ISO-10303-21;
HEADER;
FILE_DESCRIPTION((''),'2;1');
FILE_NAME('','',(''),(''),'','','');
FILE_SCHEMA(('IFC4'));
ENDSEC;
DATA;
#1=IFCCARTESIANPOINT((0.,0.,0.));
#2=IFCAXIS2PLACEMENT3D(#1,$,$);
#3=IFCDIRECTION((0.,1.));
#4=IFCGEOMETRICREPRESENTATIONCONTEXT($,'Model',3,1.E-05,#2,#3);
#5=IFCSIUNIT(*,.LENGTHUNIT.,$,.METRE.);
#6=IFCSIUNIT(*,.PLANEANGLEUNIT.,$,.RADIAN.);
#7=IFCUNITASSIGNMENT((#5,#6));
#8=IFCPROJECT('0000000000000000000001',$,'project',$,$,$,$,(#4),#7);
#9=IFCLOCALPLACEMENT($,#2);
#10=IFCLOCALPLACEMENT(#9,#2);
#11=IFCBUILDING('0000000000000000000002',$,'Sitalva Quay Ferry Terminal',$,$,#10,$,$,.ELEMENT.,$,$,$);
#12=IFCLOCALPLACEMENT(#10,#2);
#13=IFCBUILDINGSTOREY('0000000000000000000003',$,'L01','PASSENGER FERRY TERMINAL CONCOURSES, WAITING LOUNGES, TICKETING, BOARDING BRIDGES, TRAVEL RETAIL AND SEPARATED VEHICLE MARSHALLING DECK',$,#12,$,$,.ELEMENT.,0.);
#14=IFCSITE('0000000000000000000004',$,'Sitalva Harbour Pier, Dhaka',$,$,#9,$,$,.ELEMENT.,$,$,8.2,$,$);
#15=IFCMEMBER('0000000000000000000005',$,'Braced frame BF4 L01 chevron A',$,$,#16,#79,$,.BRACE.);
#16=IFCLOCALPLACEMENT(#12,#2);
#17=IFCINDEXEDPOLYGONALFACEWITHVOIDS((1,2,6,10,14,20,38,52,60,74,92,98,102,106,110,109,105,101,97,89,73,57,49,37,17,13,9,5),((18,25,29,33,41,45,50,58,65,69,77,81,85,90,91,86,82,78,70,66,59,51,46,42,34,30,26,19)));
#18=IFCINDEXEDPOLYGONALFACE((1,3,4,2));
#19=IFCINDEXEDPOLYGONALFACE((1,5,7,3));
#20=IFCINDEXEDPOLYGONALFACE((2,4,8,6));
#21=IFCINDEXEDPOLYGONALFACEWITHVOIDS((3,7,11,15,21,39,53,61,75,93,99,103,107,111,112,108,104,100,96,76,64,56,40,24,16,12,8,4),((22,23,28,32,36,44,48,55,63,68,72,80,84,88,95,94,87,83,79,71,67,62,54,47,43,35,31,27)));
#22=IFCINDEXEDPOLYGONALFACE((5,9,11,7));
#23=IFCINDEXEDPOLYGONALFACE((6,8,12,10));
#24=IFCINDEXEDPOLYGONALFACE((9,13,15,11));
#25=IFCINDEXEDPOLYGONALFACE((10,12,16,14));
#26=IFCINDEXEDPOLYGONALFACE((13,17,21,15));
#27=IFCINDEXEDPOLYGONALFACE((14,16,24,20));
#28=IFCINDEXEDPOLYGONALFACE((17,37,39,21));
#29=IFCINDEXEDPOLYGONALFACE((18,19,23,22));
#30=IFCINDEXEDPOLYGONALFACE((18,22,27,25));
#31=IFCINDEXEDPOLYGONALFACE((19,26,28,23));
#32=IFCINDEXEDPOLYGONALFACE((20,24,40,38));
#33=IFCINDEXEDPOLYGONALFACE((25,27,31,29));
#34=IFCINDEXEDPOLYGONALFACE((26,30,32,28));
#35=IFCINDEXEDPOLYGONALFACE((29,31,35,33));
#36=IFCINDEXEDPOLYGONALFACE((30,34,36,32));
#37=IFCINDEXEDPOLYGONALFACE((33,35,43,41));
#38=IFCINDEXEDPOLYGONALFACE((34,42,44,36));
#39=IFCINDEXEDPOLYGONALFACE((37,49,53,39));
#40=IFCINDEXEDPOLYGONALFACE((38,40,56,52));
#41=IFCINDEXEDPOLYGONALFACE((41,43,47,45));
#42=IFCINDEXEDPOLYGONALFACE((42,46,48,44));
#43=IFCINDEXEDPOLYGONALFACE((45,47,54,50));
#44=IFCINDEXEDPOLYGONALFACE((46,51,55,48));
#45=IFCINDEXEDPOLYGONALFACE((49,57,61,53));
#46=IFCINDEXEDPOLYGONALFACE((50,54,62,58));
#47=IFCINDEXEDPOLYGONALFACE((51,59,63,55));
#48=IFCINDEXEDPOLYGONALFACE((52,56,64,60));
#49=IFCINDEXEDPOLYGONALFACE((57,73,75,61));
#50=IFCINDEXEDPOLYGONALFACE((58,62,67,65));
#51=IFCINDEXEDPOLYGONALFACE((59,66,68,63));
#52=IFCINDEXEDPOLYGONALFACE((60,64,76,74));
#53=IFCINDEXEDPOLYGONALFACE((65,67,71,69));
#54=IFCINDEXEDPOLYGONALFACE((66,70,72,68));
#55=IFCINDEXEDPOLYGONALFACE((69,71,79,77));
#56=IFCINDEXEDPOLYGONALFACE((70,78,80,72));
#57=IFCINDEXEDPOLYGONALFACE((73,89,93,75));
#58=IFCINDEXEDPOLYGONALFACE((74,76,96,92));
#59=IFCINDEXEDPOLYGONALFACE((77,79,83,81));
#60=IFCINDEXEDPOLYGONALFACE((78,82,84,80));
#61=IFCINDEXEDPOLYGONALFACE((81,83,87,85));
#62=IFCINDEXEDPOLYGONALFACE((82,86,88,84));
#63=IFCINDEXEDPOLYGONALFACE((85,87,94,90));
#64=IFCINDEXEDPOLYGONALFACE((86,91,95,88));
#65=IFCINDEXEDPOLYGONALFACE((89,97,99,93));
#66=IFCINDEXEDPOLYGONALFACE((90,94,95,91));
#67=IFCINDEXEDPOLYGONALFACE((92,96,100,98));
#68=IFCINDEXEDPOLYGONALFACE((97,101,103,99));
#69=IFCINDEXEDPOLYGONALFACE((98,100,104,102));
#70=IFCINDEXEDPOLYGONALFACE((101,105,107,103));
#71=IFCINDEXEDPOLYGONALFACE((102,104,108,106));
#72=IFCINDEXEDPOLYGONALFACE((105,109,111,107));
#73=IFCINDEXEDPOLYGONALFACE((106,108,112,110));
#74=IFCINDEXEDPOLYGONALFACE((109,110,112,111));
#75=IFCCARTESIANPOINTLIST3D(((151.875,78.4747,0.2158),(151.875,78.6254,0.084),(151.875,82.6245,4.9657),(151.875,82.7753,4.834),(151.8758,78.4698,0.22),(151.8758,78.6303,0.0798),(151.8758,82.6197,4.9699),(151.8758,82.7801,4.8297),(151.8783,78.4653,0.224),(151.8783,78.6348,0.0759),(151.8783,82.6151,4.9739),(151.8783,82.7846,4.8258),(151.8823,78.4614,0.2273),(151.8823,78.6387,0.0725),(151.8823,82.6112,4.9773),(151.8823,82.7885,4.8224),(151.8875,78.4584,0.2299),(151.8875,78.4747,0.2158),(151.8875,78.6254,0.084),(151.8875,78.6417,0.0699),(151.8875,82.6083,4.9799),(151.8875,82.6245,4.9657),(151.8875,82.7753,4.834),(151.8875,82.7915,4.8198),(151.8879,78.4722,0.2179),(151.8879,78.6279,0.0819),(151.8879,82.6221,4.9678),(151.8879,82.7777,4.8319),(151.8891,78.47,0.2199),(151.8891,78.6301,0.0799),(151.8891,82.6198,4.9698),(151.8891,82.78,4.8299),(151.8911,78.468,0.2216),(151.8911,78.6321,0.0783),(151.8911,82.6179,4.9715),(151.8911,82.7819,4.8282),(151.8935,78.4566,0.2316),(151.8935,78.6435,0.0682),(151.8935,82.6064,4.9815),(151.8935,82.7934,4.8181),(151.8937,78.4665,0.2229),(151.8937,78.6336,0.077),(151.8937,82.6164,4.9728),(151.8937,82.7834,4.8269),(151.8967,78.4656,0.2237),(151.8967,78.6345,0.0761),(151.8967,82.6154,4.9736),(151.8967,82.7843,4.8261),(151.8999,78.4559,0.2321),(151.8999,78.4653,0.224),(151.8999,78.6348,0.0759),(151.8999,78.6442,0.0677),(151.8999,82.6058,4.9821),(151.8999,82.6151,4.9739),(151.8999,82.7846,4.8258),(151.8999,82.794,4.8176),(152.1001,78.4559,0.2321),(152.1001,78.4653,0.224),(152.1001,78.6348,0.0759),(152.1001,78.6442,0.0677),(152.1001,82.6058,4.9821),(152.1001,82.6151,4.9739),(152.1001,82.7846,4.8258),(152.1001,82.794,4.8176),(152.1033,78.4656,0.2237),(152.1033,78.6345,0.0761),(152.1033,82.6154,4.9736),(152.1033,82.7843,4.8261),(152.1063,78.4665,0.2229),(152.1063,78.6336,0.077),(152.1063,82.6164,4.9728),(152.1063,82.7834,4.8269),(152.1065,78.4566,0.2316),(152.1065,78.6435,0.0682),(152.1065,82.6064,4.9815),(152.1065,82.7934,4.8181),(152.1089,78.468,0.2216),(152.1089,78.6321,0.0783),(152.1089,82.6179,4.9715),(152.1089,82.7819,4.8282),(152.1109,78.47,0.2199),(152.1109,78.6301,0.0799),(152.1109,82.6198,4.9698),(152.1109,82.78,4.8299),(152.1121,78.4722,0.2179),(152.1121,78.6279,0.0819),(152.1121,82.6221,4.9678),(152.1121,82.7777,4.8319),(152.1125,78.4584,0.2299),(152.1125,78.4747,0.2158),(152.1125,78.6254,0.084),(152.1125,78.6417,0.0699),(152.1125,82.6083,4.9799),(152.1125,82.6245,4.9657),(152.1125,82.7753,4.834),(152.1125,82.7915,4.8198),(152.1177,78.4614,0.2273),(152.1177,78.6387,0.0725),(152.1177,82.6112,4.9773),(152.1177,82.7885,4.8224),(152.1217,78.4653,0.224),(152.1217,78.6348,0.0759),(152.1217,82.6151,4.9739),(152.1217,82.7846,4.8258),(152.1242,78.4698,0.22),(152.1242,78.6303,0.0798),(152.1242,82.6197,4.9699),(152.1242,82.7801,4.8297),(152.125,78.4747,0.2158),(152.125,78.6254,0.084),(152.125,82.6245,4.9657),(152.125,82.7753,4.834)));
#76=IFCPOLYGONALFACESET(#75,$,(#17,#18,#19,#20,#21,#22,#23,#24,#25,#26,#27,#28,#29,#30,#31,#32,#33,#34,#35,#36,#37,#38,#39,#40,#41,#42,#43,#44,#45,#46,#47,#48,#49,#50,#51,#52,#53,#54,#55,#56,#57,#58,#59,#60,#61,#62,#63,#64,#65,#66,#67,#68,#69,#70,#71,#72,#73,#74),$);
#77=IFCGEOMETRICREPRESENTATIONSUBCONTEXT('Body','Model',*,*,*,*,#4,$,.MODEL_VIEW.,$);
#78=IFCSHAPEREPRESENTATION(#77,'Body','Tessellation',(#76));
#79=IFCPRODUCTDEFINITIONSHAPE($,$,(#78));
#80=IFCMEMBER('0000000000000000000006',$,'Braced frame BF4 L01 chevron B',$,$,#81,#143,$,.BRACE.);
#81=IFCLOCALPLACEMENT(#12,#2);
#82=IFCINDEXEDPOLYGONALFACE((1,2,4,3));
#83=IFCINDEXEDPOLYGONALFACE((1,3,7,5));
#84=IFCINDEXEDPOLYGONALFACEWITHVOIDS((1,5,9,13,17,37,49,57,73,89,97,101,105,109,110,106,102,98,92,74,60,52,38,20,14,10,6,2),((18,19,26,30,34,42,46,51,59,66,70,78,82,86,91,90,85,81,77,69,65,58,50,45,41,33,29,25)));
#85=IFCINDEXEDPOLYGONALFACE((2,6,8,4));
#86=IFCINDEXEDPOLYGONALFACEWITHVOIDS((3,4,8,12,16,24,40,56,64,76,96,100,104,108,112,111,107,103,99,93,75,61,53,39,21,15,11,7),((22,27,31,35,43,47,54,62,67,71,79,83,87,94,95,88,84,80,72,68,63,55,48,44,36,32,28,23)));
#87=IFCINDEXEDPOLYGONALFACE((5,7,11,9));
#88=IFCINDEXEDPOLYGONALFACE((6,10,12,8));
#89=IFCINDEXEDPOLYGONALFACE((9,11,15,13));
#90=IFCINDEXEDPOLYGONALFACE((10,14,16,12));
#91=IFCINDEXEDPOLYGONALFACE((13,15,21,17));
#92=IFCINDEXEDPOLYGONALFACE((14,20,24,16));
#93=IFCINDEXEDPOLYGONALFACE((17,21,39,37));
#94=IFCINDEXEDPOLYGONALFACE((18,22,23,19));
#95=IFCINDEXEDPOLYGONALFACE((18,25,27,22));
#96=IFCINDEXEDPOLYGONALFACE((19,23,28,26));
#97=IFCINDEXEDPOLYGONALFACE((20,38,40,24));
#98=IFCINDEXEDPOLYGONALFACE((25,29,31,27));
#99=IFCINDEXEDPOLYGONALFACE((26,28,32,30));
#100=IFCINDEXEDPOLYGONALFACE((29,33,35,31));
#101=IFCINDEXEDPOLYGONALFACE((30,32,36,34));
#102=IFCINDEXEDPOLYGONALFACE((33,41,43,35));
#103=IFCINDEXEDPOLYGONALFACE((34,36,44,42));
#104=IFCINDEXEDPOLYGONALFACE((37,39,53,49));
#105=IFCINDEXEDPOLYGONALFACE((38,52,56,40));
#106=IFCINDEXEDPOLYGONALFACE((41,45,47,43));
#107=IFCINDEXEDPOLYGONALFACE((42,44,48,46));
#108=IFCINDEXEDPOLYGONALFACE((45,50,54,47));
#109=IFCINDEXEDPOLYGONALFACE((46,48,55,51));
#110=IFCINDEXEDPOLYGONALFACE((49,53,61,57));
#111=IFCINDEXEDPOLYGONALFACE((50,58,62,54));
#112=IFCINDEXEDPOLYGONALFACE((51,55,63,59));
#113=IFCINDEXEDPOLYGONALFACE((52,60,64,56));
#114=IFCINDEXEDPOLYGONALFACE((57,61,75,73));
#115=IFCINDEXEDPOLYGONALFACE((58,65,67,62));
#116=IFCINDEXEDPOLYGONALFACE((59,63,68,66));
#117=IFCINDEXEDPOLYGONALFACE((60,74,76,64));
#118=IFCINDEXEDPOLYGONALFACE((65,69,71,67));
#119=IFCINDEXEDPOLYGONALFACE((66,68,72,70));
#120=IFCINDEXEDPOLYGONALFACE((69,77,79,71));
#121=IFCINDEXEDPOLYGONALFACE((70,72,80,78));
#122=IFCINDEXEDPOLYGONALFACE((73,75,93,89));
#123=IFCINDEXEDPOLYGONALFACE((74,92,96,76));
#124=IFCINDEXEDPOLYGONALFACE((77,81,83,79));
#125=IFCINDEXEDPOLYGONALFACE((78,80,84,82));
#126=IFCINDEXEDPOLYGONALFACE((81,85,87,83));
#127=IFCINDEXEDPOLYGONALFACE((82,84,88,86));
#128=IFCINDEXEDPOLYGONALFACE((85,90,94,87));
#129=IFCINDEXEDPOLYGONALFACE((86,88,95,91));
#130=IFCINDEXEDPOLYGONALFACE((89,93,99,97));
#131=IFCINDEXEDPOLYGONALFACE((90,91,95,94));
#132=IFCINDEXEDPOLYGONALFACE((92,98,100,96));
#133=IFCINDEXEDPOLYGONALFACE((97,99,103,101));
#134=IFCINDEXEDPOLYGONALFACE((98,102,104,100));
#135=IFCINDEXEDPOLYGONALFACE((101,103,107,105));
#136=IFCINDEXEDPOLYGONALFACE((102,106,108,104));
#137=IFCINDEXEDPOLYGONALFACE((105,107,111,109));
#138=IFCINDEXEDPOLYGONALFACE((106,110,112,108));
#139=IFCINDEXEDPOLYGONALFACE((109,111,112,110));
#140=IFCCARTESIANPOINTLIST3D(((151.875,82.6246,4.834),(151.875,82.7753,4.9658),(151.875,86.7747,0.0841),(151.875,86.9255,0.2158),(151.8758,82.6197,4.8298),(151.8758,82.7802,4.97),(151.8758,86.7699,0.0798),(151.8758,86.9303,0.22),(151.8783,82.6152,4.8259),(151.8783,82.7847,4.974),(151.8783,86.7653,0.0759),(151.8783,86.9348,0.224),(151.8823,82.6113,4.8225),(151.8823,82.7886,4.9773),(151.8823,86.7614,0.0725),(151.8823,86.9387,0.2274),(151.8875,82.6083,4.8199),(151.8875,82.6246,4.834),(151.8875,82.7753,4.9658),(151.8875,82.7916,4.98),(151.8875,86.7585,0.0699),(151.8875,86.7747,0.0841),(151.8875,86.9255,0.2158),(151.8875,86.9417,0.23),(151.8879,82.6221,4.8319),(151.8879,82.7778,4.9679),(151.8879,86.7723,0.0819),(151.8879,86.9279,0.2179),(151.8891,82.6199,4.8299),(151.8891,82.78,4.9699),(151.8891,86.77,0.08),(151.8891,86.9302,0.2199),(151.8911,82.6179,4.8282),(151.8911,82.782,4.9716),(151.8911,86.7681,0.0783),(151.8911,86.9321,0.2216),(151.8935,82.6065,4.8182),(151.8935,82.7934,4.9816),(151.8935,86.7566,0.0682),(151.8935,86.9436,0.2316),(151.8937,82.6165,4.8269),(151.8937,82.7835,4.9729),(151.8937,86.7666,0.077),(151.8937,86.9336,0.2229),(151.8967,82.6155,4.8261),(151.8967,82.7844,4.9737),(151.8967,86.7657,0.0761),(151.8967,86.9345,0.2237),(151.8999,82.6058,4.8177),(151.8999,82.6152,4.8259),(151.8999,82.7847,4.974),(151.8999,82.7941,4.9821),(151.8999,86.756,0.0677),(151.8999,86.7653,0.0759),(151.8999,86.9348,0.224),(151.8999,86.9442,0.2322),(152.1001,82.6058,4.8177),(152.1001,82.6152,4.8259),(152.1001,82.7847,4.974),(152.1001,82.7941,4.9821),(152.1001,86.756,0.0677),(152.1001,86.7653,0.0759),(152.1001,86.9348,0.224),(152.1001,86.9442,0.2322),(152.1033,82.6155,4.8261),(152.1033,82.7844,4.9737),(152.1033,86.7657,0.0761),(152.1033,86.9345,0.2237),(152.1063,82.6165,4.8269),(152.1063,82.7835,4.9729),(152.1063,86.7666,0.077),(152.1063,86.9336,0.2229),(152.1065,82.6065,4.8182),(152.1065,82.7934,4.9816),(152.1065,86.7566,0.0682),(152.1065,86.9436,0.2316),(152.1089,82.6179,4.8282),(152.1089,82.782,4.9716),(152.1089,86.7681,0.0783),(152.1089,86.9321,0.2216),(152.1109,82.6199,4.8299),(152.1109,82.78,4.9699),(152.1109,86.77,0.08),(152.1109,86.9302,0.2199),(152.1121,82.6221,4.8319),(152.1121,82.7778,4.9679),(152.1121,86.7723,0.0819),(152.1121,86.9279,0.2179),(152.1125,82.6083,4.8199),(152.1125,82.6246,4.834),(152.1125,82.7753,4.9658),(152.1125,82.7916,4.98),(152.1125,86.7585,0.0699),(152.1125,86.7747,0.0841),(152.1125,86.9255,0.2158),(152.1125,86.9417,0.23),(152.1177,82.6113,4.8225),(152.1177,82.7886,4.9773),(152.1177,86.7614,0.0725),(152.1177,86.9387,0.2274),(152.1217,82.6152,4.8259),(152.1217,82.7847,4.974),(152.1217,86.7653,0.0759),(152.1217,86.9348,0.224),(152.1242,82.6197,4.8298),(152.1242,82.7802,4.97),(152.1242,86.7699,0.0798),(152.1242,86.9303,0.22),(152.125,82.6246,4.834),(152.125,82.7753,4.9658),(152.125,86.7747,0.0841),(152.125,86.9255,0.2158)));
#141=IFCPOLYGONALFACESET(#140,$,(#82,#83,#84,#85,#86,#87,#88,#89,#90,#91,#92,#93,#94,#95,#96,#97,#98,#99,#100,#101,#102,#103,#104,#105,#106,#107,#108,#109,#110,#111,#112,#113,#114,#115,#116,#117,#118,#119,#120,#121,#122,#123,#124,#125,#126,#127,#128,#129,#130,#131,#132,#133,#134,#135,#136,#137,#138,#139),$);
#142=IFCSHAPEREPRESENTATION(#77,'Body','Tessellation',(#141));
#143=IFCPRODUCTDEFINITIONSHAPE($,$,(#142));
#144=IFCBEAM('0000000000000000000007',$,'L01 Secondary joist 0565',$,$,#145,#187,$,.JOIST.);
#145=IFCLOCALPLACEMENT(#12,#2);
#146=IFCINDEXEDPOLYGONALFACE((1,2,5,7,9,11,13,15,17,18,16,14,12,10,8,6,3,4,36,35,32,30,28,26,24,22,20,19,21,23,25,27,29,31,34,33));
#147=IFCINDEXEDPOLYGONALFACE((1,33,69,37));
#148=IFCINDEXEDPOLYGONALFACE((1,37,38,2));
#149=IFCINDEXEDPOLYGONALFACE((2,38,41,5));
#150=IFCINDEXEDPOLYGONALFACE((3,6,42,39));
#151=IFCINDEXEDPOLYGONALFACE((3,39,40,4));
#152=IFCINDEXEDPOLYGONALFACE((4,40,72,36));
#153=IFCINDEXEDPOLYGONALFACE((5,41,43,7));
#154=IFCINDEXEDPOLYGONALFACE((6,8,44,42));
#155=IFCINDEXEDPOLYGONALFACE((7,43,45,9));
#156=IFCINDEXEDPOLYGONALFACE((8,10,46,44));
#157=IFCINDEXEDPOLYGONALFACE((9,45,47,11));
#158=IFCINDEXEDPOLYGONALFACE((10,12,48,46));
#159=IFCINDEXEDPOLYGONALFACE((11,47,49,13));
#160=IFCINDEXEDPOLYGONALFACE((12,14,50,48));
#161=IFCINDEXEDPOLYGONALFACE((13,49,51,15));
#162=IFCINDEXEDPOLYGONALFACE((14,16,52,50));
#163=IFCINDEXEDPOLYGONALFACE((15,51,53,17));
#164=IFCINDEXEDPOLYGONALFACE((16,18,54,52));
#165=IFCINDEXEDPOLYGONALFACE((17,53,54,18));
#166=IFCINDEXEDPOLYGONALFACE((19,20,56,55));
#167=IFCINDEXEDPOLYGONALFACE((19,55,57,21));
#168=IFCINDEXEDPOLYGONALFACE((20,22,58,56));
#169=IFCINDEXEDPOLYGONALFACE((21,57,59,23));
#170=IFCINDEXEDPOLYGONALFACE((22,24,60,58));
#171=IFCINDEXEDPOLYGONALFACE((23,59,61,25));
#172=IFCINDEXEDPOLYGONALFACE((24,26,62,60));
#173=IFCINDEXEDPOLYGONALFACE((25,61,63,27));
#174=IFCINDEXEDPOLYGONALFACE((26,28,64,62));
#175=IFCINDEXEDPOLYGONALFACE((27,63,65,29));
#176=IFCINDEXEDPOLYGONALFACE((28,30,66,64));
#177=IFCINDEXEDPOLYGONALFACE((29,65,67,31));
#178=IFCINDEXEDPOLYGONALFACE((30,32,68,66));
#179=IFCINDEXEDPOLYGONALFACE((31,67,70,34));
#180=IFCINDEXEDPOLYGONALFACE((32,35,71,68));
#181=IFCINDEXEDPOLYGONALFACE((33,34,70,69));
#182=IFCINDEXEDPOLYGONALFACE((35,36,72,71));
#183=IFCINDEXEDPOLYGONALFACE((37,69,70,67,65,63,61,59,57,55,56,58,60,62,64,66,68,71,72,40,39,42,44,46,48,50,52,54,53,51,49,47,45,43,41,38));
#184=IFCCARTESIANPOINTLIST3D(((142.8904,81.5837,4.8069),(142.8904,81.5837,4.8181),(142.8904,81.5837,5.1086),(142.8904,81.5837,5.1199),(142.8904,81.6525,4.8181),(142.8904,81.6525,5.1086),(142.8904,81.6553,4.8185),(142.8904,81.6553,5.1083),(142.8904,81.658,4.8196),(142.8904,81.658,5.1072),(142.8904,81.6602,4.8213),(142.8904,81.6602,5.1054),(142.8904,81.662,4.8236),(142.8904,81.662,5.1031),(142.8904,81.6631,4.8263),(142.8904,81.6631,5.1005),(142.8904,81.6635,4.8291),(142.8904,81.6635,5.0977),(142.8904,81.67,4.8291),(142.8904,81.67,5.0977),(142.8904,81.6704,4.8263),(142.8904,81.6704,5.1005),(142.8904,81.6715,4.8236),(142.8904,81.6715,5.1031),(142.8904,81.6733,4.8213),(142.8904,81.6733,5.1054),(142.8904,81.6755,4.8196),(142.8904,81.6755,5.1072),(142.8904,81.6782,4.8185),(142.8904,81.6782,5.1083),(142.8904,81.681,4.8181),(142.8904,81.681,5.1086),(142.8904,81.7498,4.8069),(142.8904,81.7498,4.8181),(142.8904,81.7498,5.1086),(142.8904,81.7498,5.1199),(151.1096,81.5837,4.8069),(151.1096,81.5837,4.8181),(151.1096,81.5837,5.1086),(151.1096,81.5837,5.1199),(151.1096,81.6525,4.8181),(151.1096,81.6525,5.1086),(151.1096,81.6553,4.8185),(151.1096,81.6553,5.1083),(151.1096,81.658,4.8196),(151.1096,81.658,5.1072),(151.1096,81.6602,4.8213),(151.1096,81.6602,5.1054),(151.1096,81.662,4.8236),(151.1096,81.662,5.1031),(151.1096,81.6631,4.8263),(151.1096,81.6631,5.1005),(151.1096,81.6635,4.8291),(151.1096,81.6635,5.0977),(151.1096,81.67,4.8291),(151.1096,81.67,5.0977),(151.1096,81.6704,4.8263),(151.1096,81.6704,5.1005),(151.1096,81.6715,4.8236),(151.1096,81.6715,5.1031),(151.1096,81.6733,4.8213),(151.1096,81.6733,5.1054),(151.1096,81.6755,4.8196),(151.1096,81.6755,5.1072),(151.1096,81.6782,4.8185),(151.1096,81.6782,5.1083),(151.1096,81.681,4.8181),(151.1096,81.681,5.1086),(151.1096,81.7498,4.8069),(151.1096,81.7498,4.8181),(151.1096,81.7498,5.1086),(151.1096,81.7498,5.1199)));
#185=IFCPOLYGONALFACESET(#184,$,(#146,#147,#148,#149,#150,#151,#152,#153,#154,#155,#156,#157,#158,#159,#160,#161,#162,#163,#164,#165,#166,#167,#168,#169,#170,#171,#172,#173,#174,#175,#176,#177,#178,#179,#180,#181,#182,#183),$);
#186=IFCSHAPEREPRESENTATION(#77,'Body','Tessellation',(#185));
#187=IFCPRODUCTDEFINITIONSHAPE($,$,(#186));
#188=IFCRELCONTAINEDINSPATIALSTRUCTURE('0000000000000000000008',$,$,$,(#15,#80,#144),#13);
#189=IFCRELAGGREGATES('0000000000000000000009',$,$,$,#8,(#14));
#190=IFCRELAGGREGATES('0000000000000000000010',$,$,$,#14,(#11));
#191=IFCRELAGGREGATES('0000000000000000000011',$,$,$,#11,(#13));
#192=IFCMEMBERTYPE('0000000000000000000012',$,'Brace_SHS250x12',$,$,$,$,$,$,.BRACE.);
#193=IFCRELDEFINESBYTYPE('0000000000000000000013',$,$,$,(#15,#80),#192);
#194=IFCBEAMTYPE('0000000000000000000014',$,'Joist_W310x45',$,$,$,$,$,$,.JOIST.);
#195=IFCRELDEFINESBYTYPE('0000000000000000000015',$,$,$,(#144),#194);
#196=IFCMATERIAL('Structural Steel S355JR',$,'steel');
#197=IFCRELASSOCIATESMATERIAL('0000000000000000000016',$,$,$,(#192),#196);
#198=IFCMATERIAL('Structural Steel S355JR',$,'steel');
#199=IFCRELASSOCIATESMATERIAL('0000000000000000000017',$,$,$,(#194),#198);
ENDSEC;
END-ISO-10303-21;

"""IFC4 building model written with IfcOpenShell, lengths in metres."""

from ifc_helpers import new_model, si_unit, direction, frame, origin, origin_2d, place, context, subcontext, project, spatial, hollow_rectangle, i_section, extrude, material, material_profile, profile_set, type_object, element, save


model = new_model("IFC4")

# Units and contexts
model_context = context("Model", 3, precision=1e-05, world=origin(), true_north=direction((0.0, 1.0)))
body_context = subcontext(model_context, "Body", "Model", "MODEL_VIEW")
ifc_project = project(units=[si_unit("LENGTHUNIT", "METRE"), si_unit("PLANEANGLEUNIT", "RADIAN")], contexts=[model_context])

# Site, building, storey
site_placement = place(None, origin())
site = spatial("IfcSite", under=ifc_project, at=site_placement, Name="Sitalva Harbour Pier, Dhaka", CompositionType="ELEMENT", RefElevation=8.2)
building_placement = place(site_placement, origin())
building = spatial("IfcBuilding", under=site, at=building_placement, Name="Sitalva Quay Ferry Terminal", CompositionType="ELEMENT")
storey_placement = place(building_placement, origin())
storey = spatial("IfcBuildingStorey", under=building, at=storey_placement, Name="L01", Description="PASSENGER FERRY TERMINAL CONCOURSES, WAITING LOUNGES, TICKETING, BOARDING BRIDGES, TRAVEL RETAIL AND SEPARATED VEHICLE MARSHALLING DECK", CompositionType="ELEMENT", Elevation=0.0)

# Members
ifc_material_1 = material(Name="Structural Steel S355JR", Category="steel")
ifc_material_profile_1 = material_profile(ifc_material_1, hollow_rectangle(XDim=0.25, YDim=0.25, WallThickness=0.0125, InnerFilletRadius=0.0125, OuterFilletRadius=0.0249, at=origin_2d()), Name="SHS250x250x12.5")
ifc_profile_set_1 = profile_set([ifc_material_profile_1], Name="Structural Steel S355JR")
member_type = type_object("IfcMemberType", Name="Brace_SHS250x12", PredefinedType="BRACE", material=ifc_profile_set_1)
member_1_placement = place(storey_placement, frame((152.0, 78.55, 0.1499), z_axis=(0.0, 0.657934, 0.753075), x_axis=(-1.0, 0.0, 0.0)))
element("IfcMember", 1, at=member_1_placement, inside=storey, type_object=member_type, Name="Braced frame BF4 L01 chevron A", PredefinedType="BRACE", context=body_context, shape_type="SweptSolid", body=[
    extrude(hollow_rectangle(XDim=0.25, YDim=0.25, WallThickness=0.0125, InnerFilletRadius=0.0125, OuterFilletRadius=0.0249, at=origin_2d()), origin(), (0.0, 0.0, 1.0), 6.3074),
])
member_2_placement = place(storey_placement, frame((152.0, 82.7, 4.8999), z_axis=(0.0, 0.657956, -0.753056), x_axis=(-1.0, 0.0, 0.0)))
element("IfcMember", 2, at=member_2_placement, inside=storey, type_object=member_type, Name="Braced frame BF4 L01 chevron B", PredefinedType="BRACE", context=body_context, shape_type="SweptSolid", body=[
    extrude(hollow_rectangle(XDim=0.25, YDim=0.25, WallThickness=0.0125, InnerFilletRadius=0.0125, OuterFilletRadius=0.0249, at=origin_2d()), origin(), (0.0, 0.0, 1.0), 6.3076),
])

# Beam
ifc_material_2 = material(Name="Structural Steel S355JR", Category="steel")
ifc_material_profile_2 = material_profile(ifc_material_2, i_section(OverallWidth=0.166, OverallDepth=0.313, WebThickness=0.0066, FlangeThickness=0.0112, FilletRadius=0.011, at=origin_2d()), Name="W310x45")
ifc_profile_set_2 = profile_set([ifc_material_profile_2], Name="Structural Steel S355JR")
beam_type = type_object("IfcBeamType", Name="Joist_W310x45", PredefinedType="JOIST", material=ifc_profile_set_2)
for number, where, z_axis, x_axis, name in (
    (3, (142.8904, 81.6667, 4.9634), (1.0, 0.0, 0.0), (0.0, 1.0, 0.0), "L01 Secondary joist 0565"),
):
    element("IfcBeam", number, at=place(storey_placement, frame(where, z_axis=z_axis, x_axis=x_axis)), inside=storey, type_object=beam_type, Name=name, PredefinedType="JOIST", context=body_context, shape_type="SweptSolid", body=[
        extrude(i_section(OverallWidth=0.166, OverallDepth=0.313, WebThickness=0.0066, FlangeThickness=0.0112, FilletRadius=0.011, at=origin_2d()), origin(), (0.0, 0.0, 1.0), 8.2192),
    ])

save(model, "model.ifc")
